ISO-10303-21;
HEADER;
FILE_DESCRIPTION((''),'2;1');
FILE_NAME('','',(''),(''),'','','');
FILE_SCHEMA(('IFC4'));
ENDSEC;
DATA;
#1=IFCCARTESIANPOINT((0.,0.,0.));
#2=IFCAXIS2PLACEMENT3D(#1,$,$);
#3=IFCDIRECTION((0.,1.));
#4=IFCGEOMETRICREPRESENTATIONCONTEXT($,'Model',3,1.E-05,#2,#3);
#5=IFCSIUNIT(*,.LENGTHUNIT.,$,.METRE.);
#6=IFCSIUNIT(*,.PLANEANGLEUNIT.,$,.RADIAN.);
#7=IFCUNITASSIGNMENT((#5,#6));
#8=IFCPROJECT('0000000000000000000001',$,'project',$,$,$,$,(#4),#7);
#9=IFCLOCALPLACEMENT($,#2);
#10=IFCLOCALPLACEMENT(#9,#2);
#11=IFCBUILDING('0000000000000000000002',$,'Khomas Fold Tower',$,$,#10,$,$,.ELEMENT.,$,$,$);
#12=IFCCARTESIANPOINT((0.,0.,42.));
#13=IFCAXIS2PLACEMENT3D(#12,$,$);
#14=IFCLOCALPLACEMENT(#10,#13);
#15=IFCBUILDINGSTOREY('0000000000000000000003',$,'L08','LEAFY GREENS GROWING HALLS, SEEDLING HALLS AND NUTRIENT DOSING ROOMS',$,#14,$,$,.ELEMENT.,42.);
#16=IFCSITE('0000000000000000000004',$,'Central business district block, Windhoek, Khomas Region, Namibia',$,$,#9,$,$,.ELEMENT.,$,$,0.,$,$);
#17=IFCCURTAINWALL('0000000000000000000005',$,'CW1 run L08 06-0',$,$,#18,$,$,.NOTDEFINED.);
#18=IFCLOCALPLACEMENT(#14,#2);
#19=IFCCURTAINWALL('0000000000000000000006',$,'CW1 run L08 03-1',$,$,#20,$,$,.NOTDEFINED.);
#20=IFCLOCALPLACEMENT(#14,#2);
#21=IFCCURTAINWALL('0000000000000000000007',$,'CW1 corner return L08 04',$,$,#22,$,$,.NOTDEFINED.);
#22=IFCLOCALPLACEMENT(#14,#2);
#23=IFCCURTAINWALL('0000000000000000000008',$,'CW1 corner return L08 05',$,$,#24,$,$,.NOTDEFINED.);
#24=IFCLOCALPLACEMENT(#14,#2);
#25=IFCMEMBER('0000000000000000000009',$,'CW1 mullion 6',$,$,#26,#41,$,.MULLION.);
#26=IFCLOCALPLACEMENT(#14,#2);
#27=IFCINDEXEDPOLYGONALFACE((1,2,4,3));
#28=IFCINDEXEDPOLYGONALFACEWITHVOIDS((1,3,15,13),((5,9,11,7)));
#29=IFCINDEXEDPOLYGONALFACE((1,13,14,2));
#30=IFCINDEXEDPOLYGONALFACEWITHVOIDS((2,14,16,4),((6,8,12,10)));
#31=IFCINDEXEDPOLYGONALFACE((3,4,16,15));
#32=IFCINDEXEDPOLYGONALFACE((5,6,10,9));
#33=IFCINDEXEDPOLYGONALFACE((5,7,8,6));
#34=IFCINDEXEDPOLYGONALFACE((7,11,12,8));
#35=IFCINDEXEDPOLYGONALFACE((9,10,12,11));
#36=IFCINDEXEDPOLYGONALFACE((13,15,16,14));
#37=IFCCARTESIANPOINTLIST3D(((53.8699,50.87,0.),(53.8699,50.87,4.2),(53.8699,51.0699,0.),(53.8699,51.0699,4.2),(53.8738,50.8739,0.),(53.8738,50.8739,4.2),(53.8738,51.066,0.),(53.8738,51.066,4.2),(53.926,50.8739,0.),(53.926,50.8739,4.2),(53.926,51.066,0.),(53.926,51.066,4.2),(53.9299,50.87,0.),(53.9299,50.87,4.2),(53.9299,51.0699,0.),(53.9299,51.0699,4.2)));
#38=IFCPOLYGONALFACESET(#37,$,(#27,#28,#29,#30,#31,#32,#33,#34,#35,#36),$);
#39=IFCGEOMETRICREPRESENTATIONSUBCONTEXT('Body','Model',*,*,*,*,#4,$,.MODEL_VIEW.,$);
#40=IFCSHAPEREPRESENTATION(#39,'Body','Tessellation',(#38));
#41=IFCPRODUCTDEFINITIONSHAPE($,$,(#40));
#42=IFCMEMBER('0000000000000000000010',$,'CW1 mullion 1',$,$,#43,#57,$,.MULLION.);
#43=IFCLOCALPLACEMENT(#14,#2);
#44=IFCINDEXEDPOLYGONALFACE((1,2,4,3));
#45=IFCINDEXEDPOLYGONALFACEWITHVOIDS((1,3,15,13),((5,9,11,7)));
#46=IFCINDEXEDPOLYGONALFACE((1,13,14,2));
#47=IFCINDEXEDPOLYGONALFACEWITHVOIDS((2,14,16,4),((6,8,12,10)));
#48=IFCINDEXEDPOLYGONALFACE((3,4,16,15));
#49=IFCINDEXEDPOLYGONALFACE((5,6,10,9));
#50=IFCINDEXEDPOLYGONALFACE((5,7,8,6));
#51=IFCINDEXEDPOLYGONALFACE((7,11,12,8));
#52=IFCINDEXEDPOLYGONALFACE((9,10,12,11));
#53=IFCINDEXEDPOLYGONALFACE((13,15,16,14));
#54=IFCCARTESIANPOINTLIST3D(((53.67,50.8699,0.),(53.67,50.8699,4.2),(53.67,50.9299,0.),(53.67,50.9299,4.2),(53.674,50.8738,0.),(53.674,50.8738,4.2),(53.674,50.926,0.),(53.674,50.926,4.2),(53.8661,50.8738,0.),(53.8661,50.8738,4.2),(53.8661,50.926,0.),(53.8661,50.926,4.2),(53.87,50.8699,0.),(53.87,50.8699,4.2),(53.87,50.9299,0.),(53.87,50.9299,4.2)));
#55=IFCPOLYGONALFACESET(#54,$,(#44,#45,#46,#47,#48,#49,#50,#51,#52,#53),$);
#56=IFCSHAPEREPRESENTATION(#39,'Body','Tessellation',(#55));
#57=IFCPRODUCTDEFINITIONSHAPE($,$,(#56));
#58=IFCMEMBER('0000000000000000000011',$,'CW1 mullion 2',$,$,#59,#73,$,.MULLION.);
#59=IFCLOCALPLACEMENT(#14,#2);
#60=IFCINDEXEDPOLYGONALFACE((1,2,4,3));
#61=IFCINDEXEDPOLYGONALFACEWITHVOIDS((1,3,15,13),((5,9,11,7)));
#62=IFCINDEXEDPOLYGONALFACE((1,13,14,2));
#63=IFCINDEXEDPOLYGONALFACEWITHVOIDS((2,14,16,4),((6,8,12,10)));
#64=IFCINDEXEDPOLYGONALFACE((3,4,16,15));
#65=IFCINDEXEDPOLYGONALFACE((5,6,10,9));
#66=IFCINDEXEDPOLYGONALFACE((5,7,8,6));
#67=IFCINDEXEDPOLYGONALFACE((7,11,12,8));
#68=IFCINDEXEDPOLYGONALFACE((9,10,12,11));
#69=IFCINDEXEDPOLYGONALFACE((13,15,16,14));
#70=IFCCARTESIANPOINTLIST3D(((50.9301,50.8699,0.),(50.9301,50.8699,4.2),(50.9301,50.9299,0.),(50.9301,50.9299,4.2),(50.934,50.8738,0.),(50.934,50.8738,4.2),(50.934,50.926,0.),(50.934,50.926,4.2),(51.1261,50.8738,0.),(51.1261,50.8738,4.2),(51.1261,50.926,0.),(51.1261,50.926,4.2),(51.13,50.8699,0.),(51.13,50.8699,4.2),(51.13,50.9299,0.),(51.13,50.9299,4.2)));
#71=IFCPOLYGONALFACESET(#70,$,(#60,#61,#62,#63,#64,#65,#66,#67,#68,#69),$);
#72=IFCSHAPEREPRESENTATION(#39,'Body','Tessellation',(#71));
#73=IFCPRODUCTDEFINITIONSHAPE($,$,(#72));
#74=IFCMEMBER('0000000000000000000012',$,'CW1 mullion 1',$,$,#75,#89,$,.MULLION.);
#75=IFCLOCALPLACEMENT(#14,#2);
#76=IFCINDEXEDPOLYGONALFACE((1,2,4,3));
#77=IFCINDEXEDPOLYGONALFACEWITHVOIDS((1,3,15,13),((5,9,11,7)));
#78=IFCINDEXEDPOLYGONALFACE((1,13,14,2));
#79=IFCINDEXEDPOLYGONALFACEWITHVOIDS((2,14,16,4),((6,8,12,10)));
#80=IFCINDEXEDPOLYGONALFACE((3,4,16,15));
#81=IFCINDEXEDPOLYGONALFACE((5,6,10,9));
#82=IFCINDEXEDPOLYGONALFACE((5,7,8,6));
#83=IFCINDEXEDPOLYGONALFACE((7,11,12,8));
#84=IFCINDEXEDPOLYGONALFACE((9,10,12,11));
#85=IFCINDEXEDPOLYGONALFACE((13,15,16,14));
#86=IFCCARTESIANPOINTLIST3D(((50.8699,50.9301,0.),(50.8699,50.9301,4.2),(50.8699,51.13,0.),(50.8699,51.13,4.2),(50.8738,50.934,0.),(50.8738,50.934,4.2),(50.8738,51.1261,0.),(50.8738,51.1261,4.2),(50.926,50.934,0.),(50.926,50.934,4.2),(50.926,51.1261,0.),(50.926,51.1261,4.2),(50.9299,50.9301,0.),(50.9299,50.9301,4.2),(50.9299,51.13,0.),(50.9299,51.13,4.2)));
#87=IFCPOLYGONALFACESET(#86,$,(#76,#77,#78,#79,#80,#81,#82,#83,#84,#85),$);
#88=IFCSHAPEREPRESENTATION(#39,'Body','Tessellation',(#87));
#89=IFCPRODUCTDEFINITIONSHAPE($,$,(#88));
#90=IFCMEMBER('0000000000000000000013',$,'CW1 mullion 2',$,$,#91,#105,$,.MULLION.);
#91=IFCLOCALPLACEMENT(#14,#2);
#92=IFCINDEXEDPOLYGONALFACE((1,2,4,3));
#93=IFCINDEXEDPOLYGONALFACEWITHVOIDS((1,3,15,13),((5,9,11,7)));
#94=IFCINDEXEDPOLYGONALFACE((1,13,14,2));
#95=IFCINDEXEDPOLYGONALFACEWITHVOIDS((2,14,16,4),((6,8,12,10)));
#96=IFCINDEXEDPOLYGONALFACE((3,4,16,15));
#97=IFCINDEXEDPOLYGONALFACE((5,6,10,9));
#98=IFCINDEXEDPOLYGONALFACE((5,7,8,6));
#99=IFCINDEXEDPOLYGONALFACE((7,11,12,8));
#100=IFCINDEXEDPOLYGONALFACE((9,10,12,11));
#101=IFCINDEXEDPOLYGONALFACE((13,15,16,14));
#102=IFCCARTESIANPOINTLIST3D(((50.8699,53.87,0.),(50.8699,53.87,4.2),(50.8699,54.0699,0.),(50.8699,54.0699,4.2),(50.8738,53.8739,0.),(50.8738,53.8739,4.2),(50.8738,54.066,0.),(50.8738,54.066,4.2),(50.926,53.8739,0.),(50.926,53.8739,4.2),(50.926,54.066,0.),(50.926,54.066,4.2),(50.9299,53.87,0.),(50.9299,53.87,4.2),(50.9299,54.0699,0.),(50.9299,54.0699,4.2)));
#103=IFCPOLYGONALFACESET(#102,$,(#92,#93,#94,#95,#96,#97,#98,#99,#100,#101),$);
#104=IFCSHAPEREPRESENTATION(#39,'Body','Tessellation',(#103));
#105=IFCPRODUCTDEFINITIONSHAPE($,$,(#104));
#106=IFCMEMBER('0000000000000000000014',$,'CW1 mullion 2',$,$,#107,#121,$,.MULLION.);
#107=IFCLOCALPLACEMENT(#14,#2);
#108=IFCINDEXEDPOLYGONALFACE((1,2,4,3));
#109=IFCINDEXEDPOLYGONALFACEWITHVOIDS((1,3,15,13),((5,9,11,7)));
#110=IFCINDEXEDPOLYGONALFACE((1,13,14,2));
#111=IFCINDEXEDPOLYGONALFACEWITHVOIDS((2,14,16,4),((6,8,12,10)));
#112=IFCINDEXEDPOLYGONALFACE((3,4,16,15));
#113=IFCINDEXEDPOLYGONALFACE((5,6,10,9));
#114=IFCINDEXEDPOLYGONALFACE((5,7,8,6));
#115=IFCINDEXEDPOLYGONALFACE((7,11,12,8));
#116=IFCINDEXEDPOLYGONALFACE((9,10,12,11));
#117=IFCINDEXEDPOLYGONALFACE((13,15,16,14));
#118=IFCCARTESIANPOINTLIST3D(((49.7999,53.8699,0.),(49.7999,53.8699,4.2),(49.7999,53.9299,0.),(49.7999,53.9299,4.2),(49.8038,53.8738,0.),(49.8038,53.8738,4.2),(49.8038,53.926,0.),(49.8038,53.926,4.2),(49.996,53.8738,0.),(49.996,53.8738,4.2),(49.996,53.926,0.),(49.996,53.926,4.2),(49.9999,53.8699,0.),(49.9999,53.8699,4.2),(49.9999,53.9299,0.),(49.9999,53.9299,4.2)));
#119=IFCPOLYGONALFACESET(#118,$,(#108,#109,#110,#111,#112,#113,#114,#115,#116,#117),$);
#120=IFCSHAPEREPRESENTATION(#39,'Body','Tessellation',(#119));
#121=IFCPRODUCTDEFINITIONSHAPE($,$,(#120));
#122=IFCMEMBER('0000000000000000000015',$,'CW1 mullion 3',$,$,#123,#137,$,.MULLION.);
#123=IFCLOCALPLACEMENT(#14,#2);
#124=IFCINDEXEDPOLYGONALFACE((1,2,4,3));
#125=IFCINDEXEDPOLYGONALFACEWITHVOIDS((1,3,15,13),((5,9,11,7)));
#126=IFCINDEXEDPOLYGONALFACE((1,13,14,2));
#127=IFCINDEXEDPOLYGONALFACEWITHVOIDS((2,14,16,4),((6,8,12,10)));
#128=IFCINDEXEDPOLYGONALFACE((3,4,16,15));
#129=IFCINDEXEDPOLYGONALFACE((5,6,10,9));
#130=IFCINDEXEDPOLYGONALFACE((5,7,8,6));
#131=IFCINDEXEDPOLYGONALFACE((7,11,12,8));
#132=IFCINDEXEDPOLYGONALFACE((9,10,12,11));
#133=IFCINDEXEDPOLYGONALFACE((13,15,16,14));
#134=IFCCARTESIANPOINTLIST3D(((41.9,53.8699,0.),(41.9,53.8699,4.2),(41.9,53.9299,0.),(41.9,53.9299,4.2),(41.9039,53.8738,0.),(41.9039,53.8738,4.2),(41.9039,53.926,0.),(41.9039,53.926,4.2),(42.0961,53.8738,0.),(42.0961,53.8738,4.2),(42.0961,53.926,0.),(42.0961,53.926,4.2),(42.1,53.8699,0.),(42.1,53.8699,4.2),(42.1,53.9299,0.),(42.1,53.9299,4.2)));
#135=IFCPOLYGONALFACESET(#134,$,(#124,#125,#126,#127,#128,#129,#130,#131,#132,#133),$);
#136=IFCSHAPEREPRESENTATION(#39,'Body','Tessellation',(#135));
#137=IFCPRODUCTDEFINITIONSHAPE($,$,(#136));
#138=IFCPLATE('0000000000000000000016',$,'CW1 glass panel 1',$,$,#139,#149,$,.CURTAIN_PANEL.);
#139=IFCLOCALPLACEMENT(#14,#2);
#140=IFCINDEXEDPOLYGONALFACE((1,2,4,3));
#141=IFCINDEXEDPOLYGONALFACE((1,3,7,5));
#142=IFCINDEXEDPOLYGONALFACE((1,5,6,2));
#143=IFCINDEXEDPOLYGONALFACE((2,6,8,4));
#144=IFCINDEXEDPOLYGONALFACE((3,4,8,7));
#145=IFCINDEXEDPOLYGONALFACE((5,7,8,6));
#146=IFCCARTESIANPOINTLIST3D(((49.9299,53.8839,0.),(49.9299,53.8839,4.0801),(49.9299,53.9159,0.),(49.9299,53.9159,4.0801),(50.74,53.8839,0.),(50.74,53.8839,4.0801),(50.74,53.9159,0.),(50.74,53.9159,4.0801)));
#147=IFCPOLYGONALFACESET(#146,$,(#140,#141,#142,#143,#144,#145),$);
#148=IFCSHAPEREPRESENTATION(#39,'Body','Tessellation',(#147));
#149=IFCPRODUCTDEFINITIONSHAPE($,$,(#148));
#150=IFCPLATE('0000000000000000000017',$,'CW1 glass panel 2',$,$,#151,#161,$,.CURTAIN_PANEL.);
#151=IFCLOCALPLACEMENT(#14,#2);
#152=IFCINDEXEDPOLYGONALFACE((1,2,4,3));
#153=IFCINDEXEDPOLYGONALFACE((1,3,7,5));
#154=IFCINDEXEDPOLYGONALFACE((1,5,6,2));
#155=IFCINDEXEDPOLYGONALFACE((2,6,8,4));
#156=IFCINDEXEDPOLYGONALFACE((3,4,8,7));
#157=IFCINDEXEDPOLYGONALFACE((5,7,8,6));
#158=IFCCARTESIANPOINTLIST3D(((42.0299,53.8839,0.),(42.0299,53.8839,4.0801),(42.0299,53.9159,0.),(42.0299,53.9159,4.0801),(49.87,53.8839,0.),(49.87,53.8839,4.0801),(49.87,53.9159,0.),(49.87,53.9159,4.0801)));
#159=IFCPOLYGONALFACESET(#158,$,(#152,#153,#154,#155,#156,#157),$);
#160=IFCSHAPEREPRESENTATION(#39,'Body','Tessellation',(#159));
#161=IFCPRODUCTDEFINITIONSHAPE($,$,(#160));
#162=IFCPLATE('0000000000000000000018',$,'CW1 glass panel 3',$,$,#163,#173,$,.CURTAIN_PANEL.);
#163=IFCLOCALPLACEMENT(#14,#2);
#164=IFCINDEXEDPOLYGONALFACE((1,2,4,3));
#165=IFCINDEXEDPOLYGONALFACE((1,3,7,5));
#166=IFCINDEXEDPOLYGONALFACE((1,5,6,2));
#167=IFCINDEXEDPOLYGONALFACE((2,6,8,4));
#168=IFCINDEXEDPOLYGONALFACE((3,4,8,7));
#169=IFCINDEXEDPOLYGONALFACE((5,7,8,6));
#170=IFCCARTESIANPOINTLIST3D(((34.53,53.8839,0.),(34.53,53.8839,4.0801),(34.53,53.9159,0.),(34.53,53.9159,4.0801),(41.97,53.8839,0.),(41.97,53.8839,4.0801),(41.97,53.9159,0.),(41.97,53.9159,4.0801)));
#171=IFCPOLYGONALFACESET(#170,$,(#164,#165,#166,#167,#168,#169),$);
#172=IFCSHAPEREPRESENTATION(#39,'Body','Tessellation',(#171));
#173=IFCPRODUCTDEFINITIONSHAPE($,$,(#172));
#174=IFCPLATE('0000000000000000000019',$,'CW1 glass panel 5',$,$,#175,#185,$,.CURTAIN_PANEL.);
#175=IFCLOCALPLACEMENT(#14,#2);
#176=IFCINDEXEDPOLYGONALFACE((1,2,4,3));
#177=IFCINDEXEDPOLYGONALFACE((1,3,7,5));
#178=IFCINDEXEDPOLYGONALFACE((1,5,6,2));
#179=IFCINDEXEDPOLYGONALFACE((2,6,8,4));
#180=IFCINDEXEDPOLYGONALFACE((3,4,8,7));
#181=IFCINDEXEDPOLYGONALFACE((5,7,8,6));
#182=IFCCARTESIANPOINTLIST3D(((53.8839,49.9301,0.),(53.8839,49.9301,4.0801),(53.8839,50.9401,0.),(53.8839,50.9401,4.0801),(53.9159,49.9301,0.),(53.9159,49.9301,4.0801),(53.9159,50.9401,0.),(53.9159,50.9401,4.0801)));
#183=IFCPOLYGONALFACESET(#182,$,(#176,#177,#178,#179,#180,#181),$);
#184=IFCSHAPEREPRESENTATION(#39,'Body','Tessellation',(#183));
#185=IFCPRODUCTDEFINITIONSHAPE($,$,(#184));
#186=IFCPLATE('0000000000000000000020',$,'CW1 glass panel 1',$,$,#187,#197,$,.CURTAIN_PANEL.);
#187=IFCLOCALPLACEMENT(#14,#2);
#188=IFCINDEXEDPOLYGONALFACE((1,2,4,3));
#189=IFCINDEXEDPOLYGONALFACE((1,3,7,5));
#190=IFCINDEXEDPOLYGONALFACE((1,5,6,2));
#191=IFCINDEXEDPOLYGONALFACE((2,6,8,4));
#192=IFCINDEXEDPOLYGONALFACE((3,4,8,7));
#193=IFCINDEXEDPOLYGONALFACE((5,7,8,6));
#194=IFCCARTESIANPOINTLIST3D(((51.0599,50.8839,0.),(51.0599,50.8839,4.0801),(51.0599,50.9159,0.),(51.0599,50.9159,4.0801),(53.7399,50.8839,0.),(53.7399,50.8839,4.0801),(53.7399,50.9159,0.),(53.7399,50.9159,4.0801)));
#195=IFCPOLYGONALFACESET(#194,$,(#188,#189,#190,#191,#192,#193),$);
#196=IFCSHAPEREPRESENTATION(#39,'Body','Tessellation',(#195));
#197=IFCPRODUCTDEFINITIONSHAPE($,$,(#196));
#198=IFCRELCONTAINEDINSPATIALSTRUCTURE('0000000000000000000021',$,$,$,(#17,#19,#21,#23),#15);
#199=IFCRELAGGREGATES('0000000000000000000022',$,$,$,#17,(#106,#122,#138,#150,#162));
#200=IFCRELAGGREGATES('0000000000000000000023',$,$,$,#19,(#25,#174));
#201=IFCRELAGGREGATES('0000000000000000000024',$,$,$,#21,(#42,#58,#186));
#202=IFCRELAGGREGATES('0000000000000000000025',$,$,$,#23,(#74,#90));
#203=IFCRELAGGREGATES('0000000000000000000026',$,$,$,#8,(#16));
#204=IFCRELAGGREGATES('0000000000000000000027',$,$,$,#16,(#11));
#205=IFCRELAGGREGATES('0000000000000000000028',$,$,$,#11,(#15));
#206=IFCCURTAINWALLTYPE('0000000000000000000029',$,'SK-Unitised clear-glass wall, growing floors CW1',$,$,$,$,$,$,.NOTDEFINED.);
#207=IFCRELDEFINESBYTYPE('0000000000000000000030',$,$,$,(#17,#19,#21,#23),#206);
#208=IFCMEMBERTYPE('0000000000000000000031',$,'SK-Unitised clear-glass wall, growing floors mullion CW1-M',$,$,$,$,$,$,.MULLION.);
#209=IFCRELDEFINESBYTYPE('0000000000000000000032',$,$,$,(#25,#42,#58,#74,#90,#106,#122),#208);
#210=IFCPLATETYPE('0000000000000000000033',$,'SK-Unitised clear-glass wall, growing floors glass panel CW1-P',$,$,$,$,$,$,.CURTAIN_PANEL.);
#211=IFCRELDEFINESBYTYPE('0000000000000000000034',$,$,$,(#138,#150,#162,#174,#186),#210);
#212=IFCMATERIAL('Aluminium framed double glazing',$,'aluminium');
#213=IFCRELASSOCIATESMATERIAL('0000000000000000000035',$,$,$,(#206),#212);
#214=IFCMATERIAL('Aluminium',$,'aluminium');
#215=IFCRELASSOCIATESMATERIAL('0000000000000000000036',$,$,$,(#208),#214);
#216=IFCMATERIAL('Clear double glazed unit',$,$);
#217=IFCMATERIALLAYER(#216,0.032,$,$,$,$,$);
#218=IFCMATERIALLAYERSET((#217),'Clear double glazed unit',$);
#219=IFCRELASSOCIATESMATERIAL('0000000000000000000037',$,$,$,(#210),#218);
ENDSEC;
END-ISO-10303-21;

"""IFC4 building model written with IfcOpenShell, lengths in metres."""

from ifc_helpers import new_model, si_unit, direction, frame, origin, origin_2d, place, context, subcontext, project, spatial, rectangle, hollow_rectangle, extrude, source, transform, mapped, material, layer, layer_set, material_profile, profile_set, type_object, element, aggregate, save


model = new_model("IFC4")

# Units and contexts
model_context = context("Model", 3, precision=1e-05, world=origin(), true_north=direction((0.0, 1.0)))
body_context = subcontext(model_context, "Body", "Model", "MODEL_VIEW")
ifc_project = project(units=[si_unit("LENGTHUNIT", "METRE"), si_unit("PLANEANGLEUNIT", "RADIAN")], contexts=[model_context])

# Site, building, storey
site_placement = place(None, origin())
site = spatial("IfcSite", under=ifc_project, at=site_placement, Name="Central business district block, Windhoek, Khomas Region, Namibia", CompositionType="ELEMENT", RefElevation=0.0)
building_placement = place(site_placement, origin())
building = spatial("IfcBuilding", under=site, at=building_placement, Name="Khomas Fold Tower", CompositionType="ELEMENT")
storey_placement = place(building_placement, frame((0.0, 0.0, 42.0)))
storey = spatial("IfcBuildingStorey", under=building, at=storey_placement, Name="L08", Description="LEAFY GREENS GROWING HALLS, SEEDLING HALLS AND NUTRIENT DOSING ROOMS", CompositionType="ELEMENT", Elevation=42.0)

# Curtain wall
ifc_material_1 = material(Name="Aluminium framed double glazing", Category="aluminium")
curtain_wall_type = type_object("IfcCurtainWallType", Name="SK-Unitised clear-glass wall, growing floors CW1", PredefinedType="NOTDEFINED", material=ifc_material_1)
curtain_wall_1_placement = place(storey_placement, origin())
curtain_wall_1 = element("IfcCurtainWall", 1, at=curtain_wall_1_placement, inside=storey, type_object=curtain_wall_type, Name="CW1 run L08 06-0", PredefinedType="NOTDEFINED")

# Curtain walls
curtain_wall_2_placement = place(storey_placement, origin())
curtain_wall_2 = element("IfcCurtainWall", 2, at=curtain_wall_2_placement, inside=storey, type_object=curtain_wall_type, Name="CW1 run L08 03-1", PredefinedType="NOTDEFINED")
curtain_wall_3_placement = place(storey_placement, origin())
curtain_wall_3 = element("IfcCurtainWall", 3, at=curtain_wall_3_placement, inside=storey, type_object=curtain_wall_type, Name="CW1 corner return L08 04", PredefinedType="NOTDEFINED")
curtain_wall_4_placement = place(storey_placement, origin())
curtain_wall_4 = element("IfcCurtainWall", 4, at=curtain_wall_4_placement, inside=storey, type_object=curtain_wall_type, Name="CW1 corner return L08 05", PredefinedType="NOTDEFINED")

# Members
ifc_material_2 = material(Name="Aluminium", Category="aluminium")
ifc_material_profile_1 = material_profile(ifc_material_2, hollow_rectangle(XDim=0.0601, YDim=0.2, WallThickness=0.0039, at=origin_2d()), Name="SK-Unitised clear-glass wall, growing floors mullion CW1-M")
ifc_profile_set_1 = profile_set([ifc_material_profile_1], Name="Aluminium")
member_type_1 = type_object("IfcMemberType", Name="SK-Unitised clear-glass wall, growing floors mullion CW1-M", PredefinedType="MULLION", material=ifc_profile_set_1)
shared_shape_1 = source(origin(), body_context, "Body", "SweptSolid", [
    extrude(hollow_rectangle(XDim=0.0601, YDim=0.2, WallThickness=0.0039, at=origin_2d()), origin(), (0.0, 0.0, 1.0), 4.2),
])
member_1_placement = place(storey_placement, frame((53.8999, 50.97, 0.0), z_axis=(0.0, 0.0, 1.0), x_axis=(-1.0, 0.0, 0.0)))
member_1 = element("IfcMember", 5, at=member_1_placement, type_object=member_type_1, Name="CW1 mullion 6", PredefinedType="MULLION", context=body_context, shape_type="MappedRepresentation", body=[
    mapped(shared_shape_1, transform((0.0, 0.0, 0.0))),
])
member_2_placement = place(storey_placement, frame((53.77, 50.8999, 0.0), z_axis=(0.0, 0.0, 1.0), x_axis=(0.0, -1.0, 0.0)))
member_2 = element("IfcMember", 6, at=member_2_placement, type_object=member_type_1, Name="CW1 mullion 1", PredefinedType="MULLION", context=body_context, shape_type="MappedRepresentation", body=[
    mapped(shared_shape_1, transform((0.0, 0.0, 0.0))),
])
member_3_placement = place(storey_placement, frame((51.03, 50.8999, 0.0), z_axis=(0.0, 0.0, 1.0), x_axis=(0.0, -1.0, 0.0)))
member_3 = element("IfcMember", 7, at=member_3_placement, type_object=member_type_1, Name="CW1 mullion 2", PredefinedType="MULLION", context=body_context, shape_type="MappedRepresentation", body=[
    mapped(shared_shape_1, transform((0.0, 0.0, 0.0))),
])
member_4_placement = place(storey_placement, frame((50.8999, 51.03, 0.0), z_axis=(0.0, 0.0, 1.0), x_axis=(-1.0, 0.0, 0.0)))
member_4 = element("IfcMember", 8, at=member_4_placement, type_object=member_type_1, Name="CW1 mullion 1", PredefinedType="MULLION", context=body_context, shape_type="MappedRepresentation", body=[
    mapped(shared_shape_1, transform((0.0, 0.0, 0.0))),
])
member_5_placement = place(storey_placement, frame((50.8999, 53.97, 0.0), z_axis=(0.0, 0.0, 1.0), x_axis=(-1.0, 0.0, 0.0)))
member_5 = element("IfcMember", 9, at=member_5_placement, type_object=member_type_1, Name="CW1 mullion 2", PredefinedType="MULLION", context=body_context, shape_type="MappedRepresentation", body=[
    mapped(shared_shape_1, transform((0.0, 0.0, 0.0))),
])
member_6_placement = place(storey_placement, frame((49.8999, 53.8999, 0.0), z_axis=(0.0, 0.0, 1.0), x_axis=(0.0, -1.0, 0.0)))
member_6 = element("IfcMember", 10, at=member_6_placement, type_object=member_type_1, Name="CW1 mullion 2", PredefinedType="MULLION", context=body_context, shape_type="MappedRepresentation", body=[
    mapped(shared_shape_1, transform((0.0, 0.0, 0.0))),
])
member_7_placement = place(storey_placement, frame((42.0, 53.8999, 0.0), z_axis=(0.0, 0.0, 1.0), x_axis=(0.0, -1.0, 0.0)))
member_7 = element("IfcMember", 11, at=member_7_placement, type_object=member_type_1, Name="CW1 mullion 3", PredefinedType="MULLION", context=body_context, shape_type="MappedRepresentation", body=[
    mapped(shared_shape_1, transform((0.0, 0.0, 0.0))),
])

# Plates
ifc_material_3 = material(Name="Clear double glazed unit")
ifc_layer = layer(ifc_material_3, 0.032)
ifc_layer_set = layer_set([ifc_layer], Name="Clear double glazed unit")
plate_type = type_object("IfcPlateType", Name="SK-Unitised clear-glass wall, growing floors glass panel CW1-P", PredefinedType="CURTAIN_PANEL", material=ifc_layer_set)
shared_shape_2 = source(origin(), body_context, "Body", "SweptSolid", [
    extrude(rectangle(XDim=0.8101, YDim=0.032, at=origin_2d()), origin(), (0.0, 0.0, 1.0), 4.0801),
])
plate_1_placement = place(storey_placement, frame((50.335, 53.8999, 0.0), z_axis=(0.0, 0.0, 1.0), x_axis=(-1.0, 0.0, 0.0)))
plate_1 = element("IfcPlate", 12, at=plate_1_placement, type_object=plate_type, Name="CW1 glass panel 1", PredefinedType="CURTAIN_PANEL", context=body_context, shape_type="MappedRepresentation", body=[
    mapped(shared_shape_2, transform((0.0, 0.0, 0.0))),
])
shared_shape_3 = source(origin(), body_context, "Body", "SweptSolid", [
    extrude(rectangle(XDim=7.8401, YDim=0.032, at=origin_2d()), origin(), (0.0, 0.0, 1.0), 4.0801),
])
plate_2_placement = place(storey_placement, frame((45.95, 53.8999, 0.0), z_axis=(0.0, 0.0, 1.0), x_axis=(-1.0, 0.0, 0.0)))
plate_2 = element("IfcPlate", 13, at=plate_2_placement, type_object=plate_type, Name="CW1 glass panel 2", PredefinedType="CURTAIN_PANEL", context=body_context, shape_type="MappedRepresentation", body=[
    mapped(shared_shape_3, transform((0.0, 0.0, 0.0))),
])
shared_shape_4 = source(origin(), body_context, "Body", "SweptSolid", [
    extrude(rectangle(XDim=7.4399, YDim=0.032, at=origin_2d()), origin(), (0.0, 0.0, 1.0), 4.0801),
])
plate_3_placement = place(storey_placement, frame((38.25, 53.8999, 0.0), z_axis=(0.0, 0.0, 1.0), x_axis=(-1.0, 0.0, 0.0)))
plate_3 = element("IfcPlate", 14, at=plate_3_placement, type_object=plate_type, Name="CW1 glass panel 3", PredefinedType="CURTAIN_PANEL", context=body_context, shape_type="MappedRepresentation", body=[
    mapped(shared_shape_4, transform((0.0, 0.0, 0.0))),
])
aggregate(curtain_wall_1, [member_6, member_7, plate_1, plate_2, plate_3])
shared_shape_5 = source(origin(), body_context, "Body", "SweptSolid", [
    extrude(rectangle(XDim=1.01, YDim=0.032, at=origin_2d()), origin(), (0.0, 0.0, 1.0), 4.0801),
])
plate_4_placement = place(storey_placement, frame((53.8999, 50.4351, 0.0), z_axis=(0.0, 0.0, 1.0), x_axis=(0.0, 1.0, 0.0)))
plate_4 = element("IfcPlate", 15, at=plate_4_placement, type_object=plate_type, Name="CW1 glass panel 5", PredefinedType="CURTAIN_PANEL", context=body_context, shape_type="MappedRepresentation", body=[
    mapped(shared_shape_5, transform((0.0, 0.0, 0.0))),
])
aggregate(curtain_wall_2, [member_1, plate_4])
shared_shape_6 = source(origin(), body_context, "Body", "SweptSolid", [
    extrude(rectangle(XDim=2.6799, YDim=0.032, at=origin_2d()), origin(), (0.0, 0.0, 1.0), 4.0801),
])
plate_5_placement = place(storey_placement, frame((52.3999, 50.8999, 0.0), z_axis=(0.0, 0.0, 1.0), x_axis=(-1.0, 0.0, 0.0)))
plate_5 = element("IfcPlate", 16, at=plate_5_placement, type_object=plate_type, Name="CW1 glass panel 1", PredefinedType="CURTAIN_PANEL", context=body_context, shape_type="MappedRepresentation", body=[
    mapped(shared_shape_6, transform((0.0, 0.0, 0.0))),
])
aggregate(curtain_wall_3, [member_2, member_3, plate_5])
aggregate(curtain_wall_4, [member_4, member_5])

save(model, "model.ifc")
